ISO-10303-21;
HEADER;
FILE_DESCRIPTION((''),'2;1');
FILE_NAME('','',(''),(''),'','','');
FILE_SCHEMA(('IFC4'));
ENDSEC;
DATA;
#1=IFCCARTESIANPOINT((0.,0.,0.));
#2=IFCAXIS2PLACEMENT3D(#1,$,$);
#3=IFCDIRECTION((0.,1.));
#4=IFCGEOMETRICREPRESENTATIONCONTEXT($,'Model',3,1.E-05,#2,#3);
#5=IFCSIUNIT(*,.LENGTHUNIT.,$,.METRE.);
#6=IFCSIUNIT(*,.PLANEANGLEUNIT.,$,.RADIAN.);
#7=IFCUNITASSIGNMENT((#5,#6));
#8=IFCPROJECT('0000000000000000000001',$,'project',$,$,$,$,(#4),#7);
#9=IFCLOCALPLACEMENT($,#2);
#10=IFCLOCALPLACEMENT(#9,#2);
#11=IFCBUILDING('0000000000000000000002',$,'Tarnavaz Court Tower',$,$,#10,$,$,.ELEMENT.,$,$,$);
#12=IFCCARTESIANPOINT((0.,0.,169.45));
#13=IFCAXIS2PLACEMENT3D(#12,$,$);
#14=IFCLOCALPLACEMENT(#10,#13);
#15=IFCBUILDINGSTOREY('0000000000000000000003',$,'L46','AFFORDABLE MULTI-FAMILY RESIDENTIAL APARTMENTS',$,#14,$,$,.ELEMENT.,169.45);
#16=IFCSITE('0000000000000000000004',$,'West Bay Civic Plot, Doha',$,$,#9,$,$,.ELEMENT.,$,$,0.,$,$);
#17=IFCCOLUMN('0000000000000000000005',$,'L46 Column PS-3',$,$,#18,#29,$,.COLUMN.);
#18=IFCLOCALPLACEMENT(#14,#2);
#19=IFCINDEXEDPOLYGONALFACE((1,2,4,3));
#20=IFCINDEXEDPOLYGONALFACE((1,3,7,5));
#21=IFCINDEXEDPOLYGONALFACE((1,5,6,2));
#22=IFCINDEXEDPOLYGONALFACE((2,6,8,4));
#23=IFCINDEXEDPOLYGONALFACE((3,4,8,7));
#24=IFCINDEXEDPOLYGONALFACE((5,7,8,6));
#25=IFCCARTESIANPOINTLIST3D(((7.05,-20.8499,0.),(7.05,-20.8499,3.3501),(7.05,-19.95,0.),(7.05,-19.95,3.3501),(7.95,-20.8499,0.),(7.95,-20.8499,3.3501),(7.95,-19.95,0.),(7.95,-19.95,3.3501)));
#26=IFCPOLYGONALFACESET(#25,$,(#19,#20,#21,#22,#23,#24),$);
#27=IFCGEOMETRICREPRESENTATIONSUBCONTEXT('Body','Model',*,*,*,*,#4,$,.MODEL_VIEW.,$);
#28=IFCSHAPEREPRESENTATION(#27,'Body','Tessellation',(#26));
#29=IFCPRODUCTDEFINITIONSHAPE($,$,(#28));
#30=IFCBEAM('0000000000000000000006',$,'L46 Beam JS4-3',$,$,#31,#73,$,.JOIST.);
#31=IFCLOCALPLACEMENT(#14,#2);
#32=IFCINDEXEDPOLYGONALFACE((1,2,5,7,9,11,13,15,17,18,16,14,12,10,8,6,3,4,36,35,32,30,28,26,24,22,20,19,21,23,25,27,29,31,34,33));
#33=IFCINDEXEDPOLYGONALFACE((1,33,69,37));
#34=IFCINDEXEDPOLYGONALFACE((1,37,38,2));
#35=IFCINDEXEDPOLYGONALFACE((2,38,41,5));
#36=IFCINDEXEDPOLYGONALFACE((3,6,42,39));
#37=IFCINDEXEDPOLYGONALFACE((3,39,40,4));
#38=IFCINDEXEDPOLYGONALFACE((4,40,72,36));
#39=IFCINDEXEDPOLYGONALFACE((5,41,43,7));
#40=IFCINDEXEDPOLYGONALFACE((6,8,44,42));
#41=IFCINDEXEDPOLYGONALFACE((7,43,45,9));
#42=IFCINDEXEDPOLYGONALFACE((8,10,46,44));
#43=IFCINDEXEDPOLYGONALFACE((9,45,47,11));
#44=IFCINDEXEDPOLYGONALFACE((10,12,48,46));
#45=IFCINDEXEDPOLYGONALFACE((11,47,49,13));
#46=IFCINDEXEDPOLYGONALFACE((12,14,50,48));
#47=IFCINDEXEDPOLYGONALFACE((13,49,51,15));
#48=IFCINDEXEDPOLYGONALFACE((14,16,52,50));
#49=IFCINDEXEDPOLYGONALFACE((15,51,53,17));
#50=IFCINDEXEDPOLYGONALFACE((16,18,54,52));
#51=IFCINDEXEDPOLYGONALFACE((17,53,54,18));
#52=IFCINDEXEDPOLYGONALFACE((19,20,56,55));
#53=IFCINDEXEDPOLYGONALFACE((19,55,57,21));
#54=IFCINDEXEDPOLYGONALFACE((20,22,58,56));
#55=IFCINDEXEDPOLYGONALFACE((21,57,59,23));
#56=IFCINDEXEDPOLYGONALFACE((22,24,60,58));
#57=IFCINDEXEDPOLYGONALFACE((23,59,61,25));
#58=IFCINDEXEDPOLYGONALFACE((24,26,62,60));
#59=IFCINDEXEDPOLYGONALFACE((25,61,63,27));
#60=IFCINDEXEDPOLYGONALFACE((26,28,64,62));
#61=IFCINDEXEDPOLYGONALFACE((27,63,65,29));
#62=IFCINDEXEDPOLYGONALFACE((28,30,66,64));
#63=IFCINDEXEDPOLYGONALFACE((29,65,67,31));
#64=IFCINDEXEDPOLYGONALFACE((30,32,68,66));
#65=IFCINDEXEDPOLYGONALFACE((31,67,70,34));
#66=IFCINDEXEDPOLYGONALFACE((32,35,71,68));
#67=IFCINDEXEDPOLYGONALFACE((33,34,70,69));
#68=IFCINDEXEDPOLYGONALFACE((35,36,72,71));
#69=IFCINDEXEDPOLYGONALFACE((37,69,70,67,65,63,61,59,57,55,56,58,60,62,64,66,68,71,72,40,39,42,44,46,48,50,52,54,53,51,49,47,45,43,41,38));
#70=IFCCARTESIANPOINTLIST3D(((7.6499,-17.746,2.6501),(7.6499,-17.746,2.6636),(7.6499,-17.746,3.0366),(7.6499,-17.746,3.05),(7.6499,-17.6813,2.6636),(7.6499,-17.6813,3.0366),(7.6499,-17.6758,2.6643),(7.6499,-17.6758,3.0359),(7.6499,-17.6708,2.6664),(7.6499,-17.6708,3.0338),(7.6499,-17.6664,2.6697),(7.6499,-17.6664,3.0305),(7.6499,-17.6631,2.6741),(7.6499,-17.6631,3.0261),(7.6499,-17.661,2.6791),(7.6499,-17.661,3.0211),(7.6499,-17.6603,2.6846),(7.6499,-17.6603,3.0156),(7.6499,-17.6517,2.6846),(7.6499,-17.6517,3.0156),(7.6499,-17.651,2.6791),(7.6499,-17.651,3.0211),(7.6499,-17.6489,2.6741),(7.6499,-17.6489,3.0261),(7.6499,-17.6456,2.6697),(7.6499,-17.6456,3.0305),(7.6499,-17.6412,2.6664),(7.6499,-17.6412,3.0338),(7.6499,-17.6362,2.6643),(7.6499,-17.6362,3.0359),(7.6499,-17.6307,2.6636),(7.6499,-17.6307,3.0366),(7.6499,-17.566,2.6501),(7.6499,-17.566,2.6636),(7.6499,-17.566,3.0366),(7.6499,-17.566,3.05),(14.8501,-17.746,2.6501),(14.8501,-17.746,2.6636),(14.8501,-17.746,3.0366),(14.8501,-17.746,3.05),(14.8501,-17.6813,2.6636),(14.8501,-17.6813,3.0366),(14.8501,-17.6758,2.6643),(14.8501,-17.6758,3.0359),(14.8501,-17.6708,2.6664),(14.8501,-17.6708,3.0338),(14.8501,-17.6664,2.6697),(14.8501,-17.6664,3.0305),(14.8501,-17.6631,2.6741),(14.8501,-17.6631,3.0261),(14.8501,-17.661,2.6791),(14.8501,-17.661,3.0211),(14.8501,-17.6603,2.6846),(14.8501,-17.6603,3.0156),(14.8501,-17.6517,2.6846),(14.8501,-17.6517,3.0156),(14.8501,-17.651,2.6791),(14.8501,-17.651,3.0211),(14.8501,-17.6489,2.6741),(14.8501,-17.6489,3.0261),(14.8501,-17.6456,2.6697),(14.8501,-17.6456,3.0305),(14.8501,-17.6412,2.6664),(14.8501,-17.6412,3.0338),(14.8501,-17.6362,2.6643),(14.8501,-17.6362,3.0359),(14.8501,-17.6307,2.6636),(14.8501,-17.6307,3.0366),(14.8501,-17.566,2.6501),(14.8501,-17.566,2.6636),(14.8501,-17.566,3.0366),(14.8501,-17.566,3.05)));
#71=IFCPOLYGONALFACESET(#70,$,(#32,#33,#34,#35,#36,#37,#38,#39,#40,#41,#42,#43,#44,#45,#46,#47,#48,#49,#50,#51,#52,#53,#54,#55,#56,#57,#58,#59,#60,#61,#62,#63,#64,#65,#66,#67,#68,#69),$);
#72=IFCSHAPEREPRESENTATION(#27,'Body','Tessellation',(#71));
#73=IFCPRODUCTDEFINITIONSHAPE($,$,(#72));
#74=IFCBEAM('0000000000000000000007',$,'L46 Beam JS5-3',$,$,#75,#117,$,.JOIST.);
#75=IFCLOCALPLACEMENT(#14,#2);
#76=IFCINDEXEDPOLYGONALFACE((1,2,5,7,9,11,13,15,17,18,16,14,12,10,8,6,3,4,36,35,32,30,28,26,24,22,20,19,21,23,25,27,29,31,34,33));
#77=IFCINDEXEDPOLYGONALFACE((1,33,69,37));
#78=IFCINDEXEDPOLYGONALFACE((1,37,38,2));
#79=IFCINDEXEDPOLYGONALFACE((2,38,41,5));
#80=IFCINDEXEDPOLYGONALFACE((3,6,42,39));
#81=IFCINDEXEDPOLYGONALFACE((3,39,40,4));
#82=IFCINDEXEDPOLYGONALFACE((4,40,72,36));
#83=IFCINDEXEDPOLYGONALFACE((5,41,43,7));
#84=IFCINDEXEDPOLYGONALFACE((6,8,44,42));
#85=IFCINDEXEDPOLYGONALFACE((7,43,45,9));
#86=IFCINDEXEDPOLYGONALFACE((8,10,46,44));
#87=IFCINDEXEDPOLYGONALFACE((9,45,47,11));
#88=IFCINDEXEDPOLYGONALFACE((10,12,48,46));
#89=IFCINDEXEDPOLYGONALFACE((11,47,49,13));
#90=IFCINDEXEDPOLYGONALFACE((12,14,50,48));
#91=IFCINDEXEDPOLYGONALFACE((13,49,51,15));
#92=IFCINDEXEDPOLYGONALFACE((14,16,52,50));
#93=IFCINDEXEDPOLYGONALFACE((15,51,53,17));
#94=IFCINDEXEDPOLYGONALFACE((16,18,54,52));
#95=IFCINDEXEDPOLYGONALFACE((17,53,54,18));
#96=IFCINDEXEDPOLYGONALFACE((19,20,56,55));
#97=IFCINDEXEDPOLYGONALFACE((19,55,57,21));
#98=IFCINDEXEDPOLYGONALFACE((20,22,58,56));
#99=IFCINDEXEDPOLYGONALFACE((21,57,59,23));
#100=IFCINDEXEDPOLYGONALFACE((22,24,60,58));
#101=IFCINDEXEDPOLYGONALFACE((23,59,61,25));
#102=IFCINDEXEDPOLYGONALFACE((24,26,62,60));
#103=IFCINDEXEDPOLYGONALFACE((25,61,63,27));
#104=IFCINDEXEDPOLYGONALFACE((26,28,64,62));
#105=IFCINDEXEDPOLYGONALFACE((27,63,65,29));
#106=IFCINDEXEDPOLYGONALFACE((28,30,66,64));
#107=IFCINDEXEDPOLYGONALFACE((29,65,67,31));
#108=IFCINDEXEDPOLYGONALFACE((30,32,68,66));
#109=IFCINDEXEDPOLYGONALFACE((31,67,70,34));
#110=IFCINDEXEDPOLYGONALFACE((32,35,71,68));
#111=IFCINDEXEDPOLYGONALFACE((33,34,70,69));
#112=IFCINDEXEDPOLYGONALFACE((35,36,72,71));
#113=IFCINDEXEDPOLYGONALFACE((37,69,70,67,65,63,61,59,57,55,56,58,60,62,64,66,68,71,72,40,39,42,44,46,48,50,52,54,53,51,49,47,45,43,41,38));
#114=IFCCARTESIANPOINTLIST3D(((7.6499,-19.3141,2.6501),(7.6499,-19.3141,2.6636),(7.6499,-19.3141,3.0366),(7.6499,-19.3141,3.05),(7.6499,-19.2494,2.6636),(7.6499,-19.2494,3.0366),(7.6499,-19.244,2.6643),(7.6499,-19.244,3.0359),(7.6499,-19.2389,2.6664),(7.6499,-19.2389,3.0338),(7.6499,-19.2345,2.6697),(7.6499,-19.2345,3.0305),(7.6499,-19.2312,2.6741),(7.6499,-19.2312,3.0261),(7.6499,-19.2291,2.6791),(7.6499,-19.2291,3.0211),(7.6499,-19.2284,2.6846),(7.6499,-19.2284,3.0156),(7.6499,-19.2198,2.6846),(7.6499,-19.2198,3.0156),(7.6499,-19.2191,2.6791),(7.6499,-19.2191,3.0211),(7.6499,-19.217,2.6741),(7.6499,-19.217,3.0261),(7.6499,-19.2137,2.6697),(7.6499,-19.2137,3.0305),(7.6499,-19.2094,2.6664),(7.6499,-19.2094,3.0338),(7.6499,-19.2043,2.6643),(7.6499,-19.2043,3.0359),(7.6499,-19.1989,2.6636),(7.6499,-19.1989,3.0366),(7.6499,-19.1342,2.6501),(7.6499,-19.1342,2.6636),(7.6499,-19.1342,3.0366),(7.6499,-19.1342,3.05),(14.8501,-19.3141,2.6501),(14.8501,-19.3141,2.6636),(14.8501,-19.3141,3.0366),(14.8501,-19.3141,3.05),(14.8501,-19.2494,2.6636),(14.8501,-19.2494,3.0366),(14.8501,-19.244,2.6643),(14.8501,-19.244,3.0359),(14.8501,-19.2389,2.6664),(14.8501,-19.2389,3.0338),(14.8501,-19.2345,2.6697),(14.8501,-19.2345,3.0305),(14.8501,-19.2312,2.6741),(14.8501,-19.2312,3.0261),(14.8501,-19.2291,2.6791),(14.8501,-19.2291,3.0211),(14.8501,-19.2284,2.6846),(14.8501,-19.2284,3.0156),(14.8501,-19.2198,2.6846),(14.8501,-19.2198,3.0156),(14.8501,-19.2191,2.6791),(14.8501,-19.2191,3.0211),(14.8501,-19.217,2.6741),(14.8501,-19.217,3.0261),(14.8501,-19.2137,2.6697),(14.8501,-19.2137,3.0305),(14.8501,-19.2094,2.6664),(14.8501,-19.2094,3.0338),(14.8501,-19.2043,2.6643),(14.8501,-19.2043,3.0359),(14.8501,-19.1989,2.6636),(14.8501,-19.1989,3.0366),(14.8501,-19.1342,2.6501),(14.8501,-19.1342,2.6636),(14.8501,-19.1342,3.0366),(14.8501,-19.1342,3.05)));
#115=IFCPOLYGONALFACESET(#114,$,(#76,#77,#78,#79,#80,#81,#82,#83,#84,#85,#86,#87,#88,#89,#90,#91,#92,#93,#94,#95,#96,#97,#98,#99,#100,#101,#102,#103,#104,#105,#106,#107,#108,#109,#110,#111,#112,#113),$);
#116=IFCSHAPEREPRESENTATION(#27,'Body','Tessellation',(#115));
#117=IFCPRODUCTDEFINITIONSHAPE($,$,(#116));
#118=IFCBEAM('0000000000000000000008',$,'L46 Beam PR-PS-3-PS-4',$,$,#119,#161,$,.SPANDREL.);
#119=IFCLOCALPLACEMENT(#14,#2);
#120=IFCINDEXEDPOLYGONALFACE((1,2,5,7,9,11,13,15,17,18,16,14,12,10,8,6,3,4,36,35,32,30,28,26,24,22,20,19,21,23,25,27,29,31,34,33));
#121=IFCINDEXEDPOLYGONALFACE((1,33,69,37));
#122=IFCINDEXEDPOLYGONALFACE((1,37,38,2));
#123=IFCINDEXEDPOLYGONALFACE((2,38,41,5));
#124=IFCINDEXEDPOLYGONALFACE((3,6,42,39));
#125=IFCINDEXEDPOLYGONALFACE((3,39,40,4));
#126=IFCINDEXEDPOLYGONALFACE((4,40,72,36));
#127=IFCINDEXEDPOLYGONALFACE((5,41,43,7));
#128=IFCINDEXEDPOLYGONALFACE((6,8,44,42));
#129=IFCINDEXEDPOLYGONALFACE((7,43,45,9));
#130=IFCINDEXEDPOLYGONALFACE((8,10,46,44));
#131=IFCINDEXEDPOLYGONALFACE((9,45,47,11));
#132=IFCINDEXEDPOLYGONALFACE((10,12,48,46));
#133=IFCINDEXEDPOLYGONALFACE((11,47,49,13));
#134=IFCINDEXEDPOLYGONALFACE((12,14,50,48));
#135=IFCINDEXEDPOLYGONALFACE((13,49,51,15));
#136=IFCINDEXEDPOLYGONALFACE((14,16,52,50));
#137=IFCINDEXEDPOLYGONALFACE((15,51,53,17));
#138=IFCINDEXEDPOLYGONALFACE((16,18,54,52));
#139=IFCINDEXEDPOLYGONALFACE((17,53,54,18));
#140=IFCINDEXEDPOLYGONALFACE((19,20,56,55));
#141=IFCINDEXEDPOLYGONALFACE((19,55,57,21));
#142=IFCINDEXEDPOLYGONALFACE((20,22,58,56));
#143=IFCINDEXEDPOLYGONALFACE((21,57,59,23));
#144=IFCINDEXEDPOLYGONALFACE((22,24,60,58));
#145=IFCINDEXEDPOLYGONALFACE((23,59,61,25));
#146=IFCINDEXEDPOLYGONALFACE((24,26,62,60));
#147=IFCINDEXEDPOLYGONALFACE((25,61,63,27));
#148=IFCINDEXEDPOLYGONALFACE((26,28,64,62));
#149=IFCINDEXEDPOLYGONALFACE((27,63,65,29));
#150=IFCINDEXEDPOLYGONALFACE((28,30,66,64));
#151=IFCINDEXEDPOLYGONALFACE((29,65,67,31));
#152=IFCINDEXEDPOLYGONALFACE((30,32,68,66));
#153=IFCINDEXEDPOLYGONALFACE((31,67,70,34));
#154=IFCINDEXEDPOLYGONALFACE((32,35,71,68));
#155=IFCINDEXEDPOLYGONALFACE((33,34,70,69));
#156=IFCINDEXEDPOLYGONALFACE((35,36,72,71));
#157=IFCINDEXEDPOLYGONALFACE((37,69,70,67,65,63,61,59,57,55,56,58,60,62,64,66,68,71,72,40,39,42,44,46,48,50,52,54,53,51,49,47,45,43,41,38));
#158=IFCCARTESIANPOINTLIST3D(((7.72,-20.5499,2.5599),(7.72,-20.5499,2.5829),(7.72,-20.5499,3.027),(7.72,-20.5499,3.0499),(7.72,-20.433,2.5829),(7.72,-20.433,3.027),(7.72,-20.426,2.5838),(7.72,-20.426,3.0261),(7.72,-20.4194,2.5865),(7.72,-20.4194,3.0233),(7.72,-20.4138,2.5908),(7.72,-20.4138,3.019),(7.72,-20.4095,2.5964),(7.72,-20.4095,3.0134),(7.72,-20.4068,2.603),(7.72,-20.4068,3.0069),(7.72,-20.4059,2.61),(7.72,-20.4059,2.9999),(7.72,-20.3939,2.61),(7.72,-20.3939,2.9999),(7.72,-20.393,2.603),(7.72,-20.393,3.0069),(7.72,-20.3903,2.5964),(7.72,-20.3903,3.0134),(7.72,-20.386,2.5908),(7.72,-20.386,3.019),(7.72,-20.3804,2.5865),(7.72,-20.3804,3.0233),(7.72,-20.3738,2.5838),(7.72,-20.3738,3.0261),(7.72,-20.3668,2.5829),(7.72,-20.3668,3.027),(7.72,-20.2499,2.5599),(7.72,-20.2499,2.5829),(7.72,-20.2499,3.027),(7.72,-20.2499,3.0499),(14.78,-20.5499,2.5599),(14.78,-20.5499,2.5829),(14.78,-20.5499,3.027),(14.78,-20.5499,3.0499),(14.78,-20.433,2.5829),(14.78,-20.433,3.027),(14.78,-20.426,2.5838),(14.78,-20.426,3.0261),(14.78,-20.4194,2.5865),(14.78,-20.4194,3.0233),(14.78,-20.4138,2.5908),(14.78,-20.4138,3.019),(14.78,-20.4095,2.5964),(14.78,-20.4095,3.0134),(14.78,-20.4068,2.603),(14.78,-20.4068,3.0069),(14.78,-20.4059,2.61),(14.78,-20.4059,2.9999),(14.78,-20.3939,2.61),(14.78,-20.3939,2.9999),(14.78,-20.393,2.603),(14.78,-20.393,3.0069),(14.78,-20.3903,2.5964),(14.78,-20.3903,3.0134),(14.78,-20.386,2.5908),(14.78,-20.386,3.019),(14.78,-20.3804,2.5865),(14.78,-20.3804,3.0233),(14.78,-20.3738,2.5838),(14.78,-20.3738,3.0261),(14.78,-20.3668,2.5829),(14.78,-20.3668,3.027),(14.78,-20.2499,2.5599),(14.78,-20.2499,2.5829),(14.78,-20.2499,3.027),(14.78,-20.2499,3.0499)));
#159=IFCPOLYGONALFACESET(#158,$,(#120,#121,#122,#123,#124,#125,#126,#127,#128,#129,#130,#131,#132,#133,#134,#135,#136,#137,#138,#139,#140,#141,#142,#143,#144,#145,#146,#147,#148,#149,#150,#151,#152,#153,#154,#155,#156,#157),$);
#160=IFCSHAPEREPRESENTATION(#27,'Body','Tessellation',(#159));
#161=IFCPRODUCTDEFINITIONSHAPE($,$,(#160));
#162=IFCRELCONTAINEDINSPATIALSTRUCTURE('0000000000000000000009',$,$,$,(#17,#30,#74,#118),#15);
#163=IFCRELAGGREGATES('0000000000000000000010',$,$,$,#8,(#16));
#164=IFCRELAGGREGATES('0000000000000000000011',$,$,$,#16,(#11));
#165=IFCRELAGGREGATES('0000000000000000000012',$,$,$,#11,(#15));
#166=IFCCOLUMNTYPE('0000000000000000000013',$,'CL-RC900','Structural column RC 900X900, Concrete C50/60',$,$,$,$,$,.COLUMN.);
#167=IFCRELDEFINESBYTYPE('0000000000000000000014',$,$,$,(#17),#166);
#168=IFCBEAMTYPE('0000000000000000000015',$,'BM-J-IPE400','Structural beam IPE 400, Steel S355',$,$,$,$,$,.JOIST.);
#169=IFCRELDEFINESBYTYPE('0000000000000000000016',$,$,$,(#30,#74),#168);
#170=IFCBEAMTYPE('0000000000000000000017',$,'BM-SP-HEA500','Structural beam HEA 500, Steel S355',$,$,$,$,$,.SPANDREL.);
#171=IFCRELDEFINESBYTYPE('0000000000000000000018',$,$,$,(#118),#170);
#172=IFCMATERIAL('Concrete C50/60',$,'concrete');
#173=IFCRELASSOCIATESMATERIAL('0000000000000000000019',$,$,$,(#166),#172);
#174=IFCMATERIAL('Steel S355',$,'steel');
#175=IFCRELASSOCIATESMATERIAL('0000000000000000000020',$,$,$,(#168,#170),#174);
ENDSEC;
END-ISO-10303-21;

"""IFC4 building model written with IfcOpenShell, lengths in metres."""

from ifc_helpers import new_model, si_unit, direction, frame, origin, origin_2d, place, context, subcontext, project, spatial, rectangle, i_section, extrude, material, material_profile, profile_set, type_object, element, save


model = new_model("IFC4")

# Units and contexts
model_context = context("Model", 3, precision=1e-05, world=origin(), true_north=direction((0.0, 1.0)))
body_context = subcontext(model_context, "Body", "Model", "MODEL_VIEW")
ifc_project = project(units=[si_unit("LENGTHUNIT", "METRE"), si_unit("PLANEANGLEUNIT", "RADIAN")], contexts=[model_context])

# Site, building, storey
site_placement = place(None, origin())
site = spatial("IfcSite", under=ifc_project, at=site_placement, Name="West Bay Civic Plot, Doha", CompositionType="ELEMENT", RefElevation=0.0)
building_placement = place(site_placement, origin())
building = spatial("IfcBuilding", under=site, at=building_placement, Name="Tarnavaz Court Tower", CompositionType="ELEMENT")
storey_placement = place(building_placement, frame((0.0, 0.0, 169.45)))
storey = spatial("IfcBuildingStorey", under=building, at=storey_placement, Name="L46", Description="AFFORDABLE MULTI-FAMILY RESIDENTIAL APARTMENTS", CompositionType="ELEMENT", Elevation=169.45)

# Column
ifc_material_1 = material(Name="Concrete C50/60", Category="concrete")
ifc_material_profile_1 = material_profile(ifc_material_1, rectangle(XDim=0.8999, YDim=0.8999, at=origin_2d()), Name="RC 900X900")
ifc_profile_set_1 = profile_set([ifc_material_profile_1], Name="Concrete C50/60")
column_type = type_object("IfcColumnType", Name="CL-RC900", Description="Structural column RC 900X900, Concrete C50/60", PredefinedType="COLUMN", material=ifc_profile_set_1)
column_placement = place(storey_placement, frame((7.5, -20.3999, 0.0), z_axis=(0.0, 0.0, 1.0), x_axis=(1.0, 0.0, 0.0)))
element("IfcColumn", 1, at=column_placement, inside=storey, type_object=column_type, Name="L46 Column PS-3", PredefinedType="COLUMN", context=body_context, shape_type="SweptSolid", body=[
    extrude(rectangle(XDim=0.8999, YDim=0.8999, at=origin_2d()), origin(), (0.0, 0.0, 1.0), 3.3501),
])

# Beams
ifc_material_2 = material(Name="Steel S355", Category="steel")
ifc_material_profile_2 = material_profile(ifc_material_2, i_section(OverallWidth=0.1799, OverallDepth=0.3999, WebThickness=0.0085, FlangeThickness=0.0134, FilletRadius=0.021, at=origin_2d()), Name="IPE 400")
ifc_profile_set_2 = profile_set([ifc_material_profile_2], Name="Steel S355")
beam_type_1 = type_object("IfcBeamType", Name="BM-J-IPE400", Description="Structural beam IPE 400, Steel S355", PredefinedType="JOIST", material=ifc_profile_set_2)
for number, where, z_axis, x_axis, name in (
    (2, (7.6499, -17.656, 2.8501), (1.0, 0.0, 0.0), (0.0, 1.0, 0.0), "L46 Beam JS4-3"),
    (3, (7.6499, -19.2241, 2.8501), (1.0, 0.0, 0.0), (0.0, 1.0, 0.0), "L46 Beam JS5-3"),
):
    element("IfcBeam", number, at=place(storey_placement, frame(where, z_axis=z_axis, x_axis=x_axis)), inside=storey, type_object=beam_type_1, Name=name, PredefinedType="JOIST", context=body_context, shape_type="SweptSolid", body=[
        extrude(i_section(OverallWidth=0.1799, OverallDepth=0.3999, WebThickness=0.0085, FlangeThickness=0.0134, FilletRadius=0.021, at=origin_2d()), origin(), (0.0, 0.0, 1.0), 7.2002),
    ])
ifc_material_profile_3 = material_profile(ifc_material_2, i_section(OverallWidth=0.3, OverallDepth=0.49, WebThickness=0.012, FlangeThickness=0.0229, FilletRadius=0.0271, at=origin_2d()), Name="HEA 500")
ifc_profile_set_3 = profile_set([ifc_material_profile_3], Name="Steel S355")
beam_type_2 = type_object("IfcBeamType", Name="BM-SP-HEA500", Description="Structural beam HEA 500, Steel S355", PredefinedType="SPANDREL", material=ifc_profile_set_3)
beam_placement = place(storey_placement, frame((7.72, -20.3999, 2.8049), z_axis=(1.0, 0.0, 0.0), x_axis=(0.0, 1.0, 0.0)))
element("IfcBeam", 4, at=beam_placement, inside=storey, type_object=beam_type_2, Name="L46 Beam PR-PS-3-PS-4", PredefinedType="SPANDREL", context=body_context, shape_type="SweptSolid", body=[
    extrude(i_section(OverallWidth=0.3, OverallDepth=0.49, WebThickness=0.012, FlangeThickness=0.0229, FilletRadius=0.0271, at=origin_2d()), origin(), (0.0, 0.0, 1.0), 7.0601),
])

save(model, "model.ifc")
